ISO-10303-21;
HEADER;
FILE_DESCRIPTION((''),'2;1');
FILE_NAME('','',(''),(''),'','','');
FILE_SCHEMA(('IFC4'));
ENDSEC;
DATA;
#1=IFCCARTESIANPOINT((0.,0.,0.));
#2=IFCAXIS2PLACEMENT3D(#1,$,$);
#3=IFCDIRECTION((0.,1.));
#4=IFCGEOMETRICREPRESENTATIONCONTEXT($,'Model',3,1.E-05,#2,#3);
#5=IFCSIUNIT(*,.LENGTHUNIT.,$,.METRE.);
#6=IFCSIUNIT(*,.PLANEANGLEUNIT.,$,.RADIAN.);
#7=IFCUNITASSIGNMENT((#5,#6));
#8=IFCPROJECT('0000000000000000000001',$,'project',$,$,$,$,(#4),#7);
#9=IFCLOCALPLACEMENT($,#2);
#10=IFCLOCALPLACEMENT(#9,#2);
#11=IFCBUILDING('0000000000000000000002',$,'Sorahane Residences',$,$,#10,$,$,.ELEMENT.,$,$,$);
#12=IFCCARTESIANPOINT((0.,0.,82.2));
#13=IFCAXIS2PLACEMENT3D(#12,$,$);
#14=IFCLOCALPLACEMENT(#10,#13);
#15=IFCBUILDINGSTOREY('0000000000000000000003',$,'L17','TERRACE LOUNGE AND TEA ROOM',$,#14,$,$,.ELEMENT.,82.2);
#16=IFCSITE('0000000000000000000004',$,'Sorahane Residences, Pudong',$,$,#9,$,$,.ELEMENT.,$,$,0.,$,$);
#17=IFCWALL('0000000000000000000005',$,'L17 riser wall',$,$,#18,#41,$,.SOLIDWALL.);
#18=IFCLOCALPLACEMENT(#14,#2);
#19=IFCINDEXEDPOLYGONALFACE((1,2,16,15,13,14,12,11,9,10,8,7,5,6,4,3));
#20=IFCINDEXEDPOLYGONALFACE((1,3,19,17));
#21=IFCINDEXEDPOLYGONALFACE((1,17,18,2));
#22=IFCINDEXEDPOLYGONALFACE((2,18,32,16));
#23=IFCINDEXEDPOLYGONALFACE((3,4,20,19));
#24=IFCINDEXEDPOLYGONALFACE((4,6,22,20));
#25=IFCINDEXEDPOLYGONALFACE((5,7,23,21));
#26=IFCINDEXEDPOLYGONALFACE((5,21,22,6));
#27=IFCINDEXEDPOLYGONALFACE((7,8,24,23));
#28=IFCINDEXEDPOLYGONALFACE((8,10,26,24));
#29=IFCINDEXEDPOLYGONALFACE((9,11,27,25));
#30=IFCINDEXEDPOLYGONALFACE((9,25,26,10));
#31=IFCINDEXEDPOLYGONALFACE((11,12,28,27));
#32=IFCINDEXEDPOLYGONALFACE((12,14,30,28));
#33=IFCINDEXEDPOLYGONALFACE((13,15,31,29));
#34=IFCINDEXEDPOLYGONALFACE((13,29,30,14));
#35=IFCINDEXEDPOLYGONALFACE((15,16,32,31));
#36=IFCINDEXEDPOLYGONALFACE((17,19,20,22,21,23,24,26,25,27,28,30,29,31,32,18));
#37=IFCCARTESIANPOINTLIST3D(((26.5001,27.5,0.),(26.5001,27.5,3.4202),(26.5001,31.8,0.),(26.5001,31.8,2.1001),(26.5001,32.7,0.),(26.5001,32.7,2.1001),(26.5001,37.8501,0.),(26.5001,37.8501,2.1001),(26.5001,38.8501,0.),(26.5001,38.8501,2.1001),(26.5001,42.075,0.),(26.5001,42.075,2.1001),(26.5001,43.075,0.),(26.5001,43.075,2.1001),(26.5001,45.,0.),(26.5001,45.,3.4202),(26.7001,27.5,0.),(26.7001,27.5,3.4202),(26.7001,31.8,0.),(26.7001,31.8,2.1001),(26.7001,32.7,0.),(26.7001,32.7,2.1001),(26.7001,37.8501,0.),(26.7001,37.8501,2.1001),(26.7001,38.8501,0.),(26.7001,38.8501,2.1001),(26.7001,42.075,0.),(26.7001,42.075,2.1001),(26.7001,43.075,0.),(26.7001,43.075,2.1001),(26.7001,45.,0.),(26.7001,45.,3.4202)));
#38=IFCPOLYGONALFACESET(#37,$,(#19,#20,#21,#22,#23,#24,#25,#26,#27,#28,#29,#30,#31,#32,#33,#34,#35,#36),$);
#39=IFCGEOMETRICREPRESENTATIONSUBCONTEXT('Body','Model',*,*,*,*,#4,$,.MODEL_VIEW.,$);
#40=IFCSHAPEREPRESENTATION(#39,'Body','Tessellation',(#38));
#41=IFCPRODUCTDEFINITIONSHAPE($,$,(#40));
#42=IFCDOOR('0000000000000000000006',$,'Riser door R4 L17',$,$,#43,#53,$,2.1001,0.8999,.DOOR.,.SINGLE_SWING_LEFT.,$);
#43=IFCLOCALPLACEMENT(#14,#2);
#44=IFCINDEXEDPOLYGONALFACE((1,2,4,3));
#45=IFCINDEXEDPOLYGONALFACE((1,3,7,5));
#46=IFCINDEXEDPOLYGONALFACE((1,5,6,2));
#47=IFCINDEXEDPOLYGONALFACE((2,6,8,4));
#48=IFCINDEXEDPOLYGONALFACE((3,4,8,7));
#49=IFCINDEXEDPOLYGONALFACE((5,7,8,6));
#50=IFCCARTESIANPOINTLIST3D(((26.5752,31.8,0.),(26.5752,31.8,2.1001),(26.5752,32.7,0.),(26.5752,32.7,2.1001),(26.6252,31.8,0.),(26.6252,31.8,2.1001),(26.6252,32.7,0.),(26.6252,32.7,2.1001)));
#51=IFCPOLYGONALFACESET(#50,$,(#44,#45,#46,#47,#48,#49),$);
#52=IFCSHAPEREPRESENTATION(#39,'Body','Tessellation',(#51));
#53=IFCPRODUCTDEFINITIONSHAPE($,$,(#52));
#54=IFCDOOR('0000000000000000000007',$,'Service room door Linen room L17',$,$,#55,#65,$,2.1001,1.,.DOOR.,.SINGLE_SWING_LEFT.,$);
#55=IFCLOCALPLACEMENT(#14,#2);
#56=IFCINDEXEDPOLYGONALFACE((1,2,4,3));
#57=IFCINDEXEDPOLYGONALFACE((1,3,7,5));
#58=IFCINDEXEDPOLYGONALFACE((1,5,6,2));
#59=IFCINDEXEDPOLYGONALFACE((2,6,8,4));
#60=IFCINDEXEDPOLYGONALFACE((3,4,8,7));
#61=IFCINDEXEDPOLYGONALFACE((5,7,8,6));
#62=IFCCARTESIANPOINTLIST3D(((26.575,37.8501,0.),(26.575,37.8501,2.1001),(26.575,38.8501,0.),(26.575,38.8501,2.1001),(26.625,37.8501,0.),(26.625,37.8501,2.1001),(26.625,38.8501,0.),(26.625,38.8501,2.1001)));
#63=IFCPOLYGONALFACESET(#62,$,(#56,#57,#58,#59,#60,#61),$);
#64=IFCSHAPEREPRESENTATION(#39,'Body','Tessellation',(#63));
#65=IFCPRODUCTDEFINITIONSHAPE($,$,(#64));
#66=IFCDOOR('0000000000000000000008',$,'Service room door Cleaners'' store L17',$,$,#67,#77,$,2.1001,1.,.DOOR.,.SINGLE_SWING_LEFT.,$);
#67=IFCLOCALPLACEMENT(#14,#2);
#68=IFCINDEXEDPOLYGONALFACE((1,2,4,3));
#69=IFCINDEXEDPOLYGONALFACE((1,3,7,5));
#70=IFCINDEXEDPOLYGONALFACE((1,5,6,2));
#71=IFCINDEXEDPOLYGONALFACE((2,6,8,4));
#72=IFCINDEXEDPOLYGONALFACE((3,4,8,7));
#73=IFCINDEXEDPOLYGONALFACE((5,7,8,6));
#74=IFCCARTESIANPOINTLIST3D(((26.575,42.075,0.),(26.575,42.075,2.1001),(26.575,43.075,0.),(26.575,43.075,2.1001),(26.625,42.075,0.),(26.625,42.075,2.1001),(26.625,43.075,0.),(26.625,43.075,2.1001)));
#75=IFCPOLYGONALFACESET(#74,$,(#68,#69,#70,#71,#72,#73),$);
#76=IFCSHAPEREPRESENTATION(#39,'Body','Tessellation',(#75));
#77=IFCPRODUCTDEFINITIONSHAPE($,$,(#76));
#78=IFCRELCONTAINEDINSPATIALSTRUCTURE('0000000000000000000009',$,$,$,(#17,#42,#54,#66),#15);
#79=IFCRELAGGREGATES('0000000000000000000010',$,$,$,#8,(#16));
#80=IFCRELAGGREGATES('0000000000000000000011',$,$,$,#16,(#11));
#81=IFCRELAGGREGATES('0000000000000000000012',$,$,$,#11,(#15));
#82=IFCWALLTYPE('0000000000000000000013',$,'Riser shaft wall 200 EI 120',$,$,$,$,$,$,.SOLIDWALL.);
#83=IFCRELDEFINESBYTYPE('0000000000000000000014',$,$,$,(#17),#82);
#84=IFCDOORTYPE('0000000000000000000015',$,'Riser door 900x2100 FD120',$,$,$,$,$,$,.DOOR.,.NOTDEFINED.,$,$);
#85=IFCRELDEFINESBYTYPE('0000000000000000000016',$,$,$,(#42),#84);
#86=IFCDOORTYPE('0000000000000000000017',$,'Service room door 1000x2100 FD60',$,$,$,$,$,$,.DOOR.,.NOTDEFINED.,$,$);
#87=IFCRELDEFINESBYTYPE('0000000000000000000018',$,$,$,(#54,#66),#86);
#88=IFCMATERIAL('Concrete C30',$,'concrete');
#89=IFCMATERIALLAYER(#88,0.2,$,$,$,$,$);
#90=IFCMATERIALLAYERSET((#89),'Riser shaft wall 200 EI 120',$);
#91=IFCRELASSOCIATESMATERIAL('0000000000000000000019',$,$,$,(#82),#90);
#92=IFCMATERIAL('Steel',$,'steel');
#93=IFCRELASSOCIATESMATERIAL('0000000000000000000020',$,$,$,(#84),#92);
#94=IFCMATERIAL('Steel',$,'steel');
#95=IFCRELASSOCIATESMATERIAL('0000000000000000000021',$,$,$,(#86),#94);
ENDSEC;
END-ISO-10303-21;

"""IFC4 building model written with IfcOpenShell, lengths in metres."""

from ifc_helpers import new_model, si_unit, direction, frame, frame_2d, origin, place, context, subcontext, project, spatial, rectangle, extrude, material, layer, layer_set, type_object, element, fill, save


model = new_model("IFC4")

# Units and contexts
model_context = context("Model", 3, precision=1e-05, world=origin(), true_north=direction((0.0, 1.0)))
body_context = subcontext(model_context, "Body", "Model", "MODEL_VIEW")
ifc_project = project(units=[si_unit("LENGTHUNIT", "METRE"), si_unit("PLANEANGLEUNIT", "RADIAN")], contexts=[model_context])

# Site, building, storey
site_placement = place(None, origin())
site = spatial("IfcSite", under=ifc_project, at=site_placement, Name="Sorahane Residences, Pudong", CompositionType="ELEMENT", RefElevation=0.0)
building_placement = place(site_placement, origin())
building = spatial("IfcBuilding", under=site, at=building_placement, Name="Sorahane Residences", CompositionType="ELEMENT")
storey_placement = place(building_placement, frame((0.0, 0.0, 82.2)))
storey = spatial("IfcBuildingStorey", under=building, at=storey_placement, Name="L17", Description="TERRACE LOUNGE AND TEA ROOM", CompositionType="ELEMENT", Elevation=82.2)

# Wall, openings, doors
ifc_material_1 = material(Name="Concrete C30", Category="concrete")
ifc_layer_1 = layer(ifc_material_1, 0.2)
ifc_layer_set_1 = layer_set([ifc_layer_1], Name="Riser shaft wall 200 EI 120")
wall_type_1 = type_object("IfcWallType", Name="Riser shaft wall 200 EI 120", PredefinedType="SOLIDWALL", material=ifc_layer_set_1)
wall_1_placement = place(storey_placement, frame((26.6001, 27.5, 0.0), z_axis=(0.0, 0.0, 1.0), x_axis=(0.0, 1.0, 0.0)))
wall_1 = element("IfcWall", 1, at=wall_1_placement, inside=storey, type_object=wall_type_1, Name="L17 riser wall", PredefinedType="SOLIDWALL", context=body_context, shape_type="SweptSolid", body=[
    extrude(rectangle(XDim=17.5, YDim=0.2, at=frame_2d((8.75, 0.0))), origin(), (0.0, 0.0, 1.0), 3.4202),
])
opening_1_placement = place(wall_1_placement, frame((4.3, 0.0, 0.0)))
opening_1 = element("IfcOpeningElement", 2, at=opening_1_placement, cuts=wall_1, PredefinedType="OPENING", context=body_context, shape_type="SweptSolid", body=[
    extrude(rectangle(XDim=0.8999, YDim=2.1001, at=frame_2d((0.45, 1.05))), frame((0.0, 0.1099, 0.0), z_axis=(0.0, -1.0, 0.0), x_axis=(1.0, 0.0, 0.0)), (0.0, 0.0, 1.0), 0.22),
])
opening_2_placement = place(wall_1_placement, frame((10.3501, 0.0, 0.0)))
opening_2 = element("IfcOpeningElement", 3, at=opening_2_placement, cuts=wall_1, PredefinedType="OPENING", context=body_context, shape_type="SweptSolid", body=[
    extrude(rectangle(XDim=1.0, YDim=2.1001, at=frame_2d((0.5, 1.05))), frame((0.0, 0.1099, 0.0), z_axis=(0.0, -1.0, 0.0), x_axis=(1.0, 0.0, 0.0)), (0.0, 0.0, 1.0), 0.22),
])
opening_3_placement = place(wall_1_placement, frame((14.575, 0.0, 0.0)))
opening_3 = element("IfcOpeningElement", 4, at=opening_3_placement, cuts=wall_1, PredefinedType="OPENING", context=body_context, shape_type="SweptSolid", body=[
    extrude(rectangle(XDim=1.0, YDim=2.1001, at=frame_2d((0.5, 1.05))), frame((0.0, 0.1099, 0.0), z_axis=(0.0, -1.0, 0.0), x_axis=(1.0, 0.0, 0.0)), (0.0, 0.0, 1.0), 0.22),
])
ifc_material_2 = material(Name="Steel", Category="steel")
door_type_1 = type_object("IfcDoorType", Name="Riser door 900x2100 FD120", OperationType="NOTDEFINED", PredefinedType="DOOR", material=ifc_material_2)
door_1_placement = place(opening_1_placement, origin())
door_1 = element("IfcDoor", 5, at=door_1_placement, inside=storey, type_object=door_type_1, Name="Riser door R4 L17", OperationType="SINGLE_SWING_LEFT", OverallHeight=2.1001, OverallWidth=0.8999, PredefinedType="DOOR", context=body_context, shape_type="SweptSolid", body=[
    extrude(rectangle(XDim=0.8999, YDim=2.1001, at=frame_2d((0.45, 1.05))), frame((0.0, 0.0249, 0.0), z_axis=(0.0, -1.0, 0.0), x_axis=(1.0, 0.0, 0.0)), (0.0, 0.0, 1.0), 0.05),
])
fill(opening_1, door_1)
ifc_material_3 = material(Name="Steel", Category="steel")
door_type_2 = type_object("IfcDoorType", Name="Service room door 1000x2100 FD60", OperationType="NOTDEFINED", PredefinedType="DOOR", material=ifc_material_3)
door_2_placement = place(opening_2_placement, frame((1.0, 0.0, 0.0), z_axis=(0.0, 0.0, 1.0), x_axis=(-1.0, 0.0, 0.0)))
door_2 = element("IfcDoor", 6, at=door_2_placement, inside=storey, type_object=door_type_2, Name="Service room door Linen room L17", OperationType="SINGLE_SWING_LEFT", OverallHeight=2.1001, OverallWidth=1.0, PredefinedType="DOOR", context=body_context, shape_type="SweptSolid", body=[
    extrude(rectangle(XDim=1.0, YDim=2.1001, at=frame_2d((0.5, 1.05))), frame((0.0, 0.0249, 0.0), z_axis=(0.0, -1.0, 0.0), x_axis=(1.0, 0.0, 0.0)), (0.0, 0.0, 1.0), 0.05),
])
fill(opening_2, door_2)
door_3_placement = place(opening_3_placement, frame((1.0, 0.0, 0.0), z_axis=(0.0, 0.0, 1.0), x_axis=(-1.0, 0.0, 0.0)))
door_3 = element("IfcDoor", 7, at=door_3_placement, inside=storey, type_object=door_type_2, Name="Service room door Cleaners' store L17", OperationType="SINGLE_SWING_LEFT", OverallHeight=2.1001, OverallWidth=1.0, PredefinedType="DOOR", context=body_context, shape_type="SweptSolid", body=[
    extrude(rectangle(XDim=1.0, YDim=2.1001, at=frame_2d((0.5, 1.05))), frame((0.0, 0.0249, 0.0), z_axis=(0.0, -1.0, 0.0), x_axis=(1.0, 0.0, 0.0)), (0.0, 0.0, 1.0), 0.05),
])
fill(opening_3, door_3)

save(model, "model.ifc")
